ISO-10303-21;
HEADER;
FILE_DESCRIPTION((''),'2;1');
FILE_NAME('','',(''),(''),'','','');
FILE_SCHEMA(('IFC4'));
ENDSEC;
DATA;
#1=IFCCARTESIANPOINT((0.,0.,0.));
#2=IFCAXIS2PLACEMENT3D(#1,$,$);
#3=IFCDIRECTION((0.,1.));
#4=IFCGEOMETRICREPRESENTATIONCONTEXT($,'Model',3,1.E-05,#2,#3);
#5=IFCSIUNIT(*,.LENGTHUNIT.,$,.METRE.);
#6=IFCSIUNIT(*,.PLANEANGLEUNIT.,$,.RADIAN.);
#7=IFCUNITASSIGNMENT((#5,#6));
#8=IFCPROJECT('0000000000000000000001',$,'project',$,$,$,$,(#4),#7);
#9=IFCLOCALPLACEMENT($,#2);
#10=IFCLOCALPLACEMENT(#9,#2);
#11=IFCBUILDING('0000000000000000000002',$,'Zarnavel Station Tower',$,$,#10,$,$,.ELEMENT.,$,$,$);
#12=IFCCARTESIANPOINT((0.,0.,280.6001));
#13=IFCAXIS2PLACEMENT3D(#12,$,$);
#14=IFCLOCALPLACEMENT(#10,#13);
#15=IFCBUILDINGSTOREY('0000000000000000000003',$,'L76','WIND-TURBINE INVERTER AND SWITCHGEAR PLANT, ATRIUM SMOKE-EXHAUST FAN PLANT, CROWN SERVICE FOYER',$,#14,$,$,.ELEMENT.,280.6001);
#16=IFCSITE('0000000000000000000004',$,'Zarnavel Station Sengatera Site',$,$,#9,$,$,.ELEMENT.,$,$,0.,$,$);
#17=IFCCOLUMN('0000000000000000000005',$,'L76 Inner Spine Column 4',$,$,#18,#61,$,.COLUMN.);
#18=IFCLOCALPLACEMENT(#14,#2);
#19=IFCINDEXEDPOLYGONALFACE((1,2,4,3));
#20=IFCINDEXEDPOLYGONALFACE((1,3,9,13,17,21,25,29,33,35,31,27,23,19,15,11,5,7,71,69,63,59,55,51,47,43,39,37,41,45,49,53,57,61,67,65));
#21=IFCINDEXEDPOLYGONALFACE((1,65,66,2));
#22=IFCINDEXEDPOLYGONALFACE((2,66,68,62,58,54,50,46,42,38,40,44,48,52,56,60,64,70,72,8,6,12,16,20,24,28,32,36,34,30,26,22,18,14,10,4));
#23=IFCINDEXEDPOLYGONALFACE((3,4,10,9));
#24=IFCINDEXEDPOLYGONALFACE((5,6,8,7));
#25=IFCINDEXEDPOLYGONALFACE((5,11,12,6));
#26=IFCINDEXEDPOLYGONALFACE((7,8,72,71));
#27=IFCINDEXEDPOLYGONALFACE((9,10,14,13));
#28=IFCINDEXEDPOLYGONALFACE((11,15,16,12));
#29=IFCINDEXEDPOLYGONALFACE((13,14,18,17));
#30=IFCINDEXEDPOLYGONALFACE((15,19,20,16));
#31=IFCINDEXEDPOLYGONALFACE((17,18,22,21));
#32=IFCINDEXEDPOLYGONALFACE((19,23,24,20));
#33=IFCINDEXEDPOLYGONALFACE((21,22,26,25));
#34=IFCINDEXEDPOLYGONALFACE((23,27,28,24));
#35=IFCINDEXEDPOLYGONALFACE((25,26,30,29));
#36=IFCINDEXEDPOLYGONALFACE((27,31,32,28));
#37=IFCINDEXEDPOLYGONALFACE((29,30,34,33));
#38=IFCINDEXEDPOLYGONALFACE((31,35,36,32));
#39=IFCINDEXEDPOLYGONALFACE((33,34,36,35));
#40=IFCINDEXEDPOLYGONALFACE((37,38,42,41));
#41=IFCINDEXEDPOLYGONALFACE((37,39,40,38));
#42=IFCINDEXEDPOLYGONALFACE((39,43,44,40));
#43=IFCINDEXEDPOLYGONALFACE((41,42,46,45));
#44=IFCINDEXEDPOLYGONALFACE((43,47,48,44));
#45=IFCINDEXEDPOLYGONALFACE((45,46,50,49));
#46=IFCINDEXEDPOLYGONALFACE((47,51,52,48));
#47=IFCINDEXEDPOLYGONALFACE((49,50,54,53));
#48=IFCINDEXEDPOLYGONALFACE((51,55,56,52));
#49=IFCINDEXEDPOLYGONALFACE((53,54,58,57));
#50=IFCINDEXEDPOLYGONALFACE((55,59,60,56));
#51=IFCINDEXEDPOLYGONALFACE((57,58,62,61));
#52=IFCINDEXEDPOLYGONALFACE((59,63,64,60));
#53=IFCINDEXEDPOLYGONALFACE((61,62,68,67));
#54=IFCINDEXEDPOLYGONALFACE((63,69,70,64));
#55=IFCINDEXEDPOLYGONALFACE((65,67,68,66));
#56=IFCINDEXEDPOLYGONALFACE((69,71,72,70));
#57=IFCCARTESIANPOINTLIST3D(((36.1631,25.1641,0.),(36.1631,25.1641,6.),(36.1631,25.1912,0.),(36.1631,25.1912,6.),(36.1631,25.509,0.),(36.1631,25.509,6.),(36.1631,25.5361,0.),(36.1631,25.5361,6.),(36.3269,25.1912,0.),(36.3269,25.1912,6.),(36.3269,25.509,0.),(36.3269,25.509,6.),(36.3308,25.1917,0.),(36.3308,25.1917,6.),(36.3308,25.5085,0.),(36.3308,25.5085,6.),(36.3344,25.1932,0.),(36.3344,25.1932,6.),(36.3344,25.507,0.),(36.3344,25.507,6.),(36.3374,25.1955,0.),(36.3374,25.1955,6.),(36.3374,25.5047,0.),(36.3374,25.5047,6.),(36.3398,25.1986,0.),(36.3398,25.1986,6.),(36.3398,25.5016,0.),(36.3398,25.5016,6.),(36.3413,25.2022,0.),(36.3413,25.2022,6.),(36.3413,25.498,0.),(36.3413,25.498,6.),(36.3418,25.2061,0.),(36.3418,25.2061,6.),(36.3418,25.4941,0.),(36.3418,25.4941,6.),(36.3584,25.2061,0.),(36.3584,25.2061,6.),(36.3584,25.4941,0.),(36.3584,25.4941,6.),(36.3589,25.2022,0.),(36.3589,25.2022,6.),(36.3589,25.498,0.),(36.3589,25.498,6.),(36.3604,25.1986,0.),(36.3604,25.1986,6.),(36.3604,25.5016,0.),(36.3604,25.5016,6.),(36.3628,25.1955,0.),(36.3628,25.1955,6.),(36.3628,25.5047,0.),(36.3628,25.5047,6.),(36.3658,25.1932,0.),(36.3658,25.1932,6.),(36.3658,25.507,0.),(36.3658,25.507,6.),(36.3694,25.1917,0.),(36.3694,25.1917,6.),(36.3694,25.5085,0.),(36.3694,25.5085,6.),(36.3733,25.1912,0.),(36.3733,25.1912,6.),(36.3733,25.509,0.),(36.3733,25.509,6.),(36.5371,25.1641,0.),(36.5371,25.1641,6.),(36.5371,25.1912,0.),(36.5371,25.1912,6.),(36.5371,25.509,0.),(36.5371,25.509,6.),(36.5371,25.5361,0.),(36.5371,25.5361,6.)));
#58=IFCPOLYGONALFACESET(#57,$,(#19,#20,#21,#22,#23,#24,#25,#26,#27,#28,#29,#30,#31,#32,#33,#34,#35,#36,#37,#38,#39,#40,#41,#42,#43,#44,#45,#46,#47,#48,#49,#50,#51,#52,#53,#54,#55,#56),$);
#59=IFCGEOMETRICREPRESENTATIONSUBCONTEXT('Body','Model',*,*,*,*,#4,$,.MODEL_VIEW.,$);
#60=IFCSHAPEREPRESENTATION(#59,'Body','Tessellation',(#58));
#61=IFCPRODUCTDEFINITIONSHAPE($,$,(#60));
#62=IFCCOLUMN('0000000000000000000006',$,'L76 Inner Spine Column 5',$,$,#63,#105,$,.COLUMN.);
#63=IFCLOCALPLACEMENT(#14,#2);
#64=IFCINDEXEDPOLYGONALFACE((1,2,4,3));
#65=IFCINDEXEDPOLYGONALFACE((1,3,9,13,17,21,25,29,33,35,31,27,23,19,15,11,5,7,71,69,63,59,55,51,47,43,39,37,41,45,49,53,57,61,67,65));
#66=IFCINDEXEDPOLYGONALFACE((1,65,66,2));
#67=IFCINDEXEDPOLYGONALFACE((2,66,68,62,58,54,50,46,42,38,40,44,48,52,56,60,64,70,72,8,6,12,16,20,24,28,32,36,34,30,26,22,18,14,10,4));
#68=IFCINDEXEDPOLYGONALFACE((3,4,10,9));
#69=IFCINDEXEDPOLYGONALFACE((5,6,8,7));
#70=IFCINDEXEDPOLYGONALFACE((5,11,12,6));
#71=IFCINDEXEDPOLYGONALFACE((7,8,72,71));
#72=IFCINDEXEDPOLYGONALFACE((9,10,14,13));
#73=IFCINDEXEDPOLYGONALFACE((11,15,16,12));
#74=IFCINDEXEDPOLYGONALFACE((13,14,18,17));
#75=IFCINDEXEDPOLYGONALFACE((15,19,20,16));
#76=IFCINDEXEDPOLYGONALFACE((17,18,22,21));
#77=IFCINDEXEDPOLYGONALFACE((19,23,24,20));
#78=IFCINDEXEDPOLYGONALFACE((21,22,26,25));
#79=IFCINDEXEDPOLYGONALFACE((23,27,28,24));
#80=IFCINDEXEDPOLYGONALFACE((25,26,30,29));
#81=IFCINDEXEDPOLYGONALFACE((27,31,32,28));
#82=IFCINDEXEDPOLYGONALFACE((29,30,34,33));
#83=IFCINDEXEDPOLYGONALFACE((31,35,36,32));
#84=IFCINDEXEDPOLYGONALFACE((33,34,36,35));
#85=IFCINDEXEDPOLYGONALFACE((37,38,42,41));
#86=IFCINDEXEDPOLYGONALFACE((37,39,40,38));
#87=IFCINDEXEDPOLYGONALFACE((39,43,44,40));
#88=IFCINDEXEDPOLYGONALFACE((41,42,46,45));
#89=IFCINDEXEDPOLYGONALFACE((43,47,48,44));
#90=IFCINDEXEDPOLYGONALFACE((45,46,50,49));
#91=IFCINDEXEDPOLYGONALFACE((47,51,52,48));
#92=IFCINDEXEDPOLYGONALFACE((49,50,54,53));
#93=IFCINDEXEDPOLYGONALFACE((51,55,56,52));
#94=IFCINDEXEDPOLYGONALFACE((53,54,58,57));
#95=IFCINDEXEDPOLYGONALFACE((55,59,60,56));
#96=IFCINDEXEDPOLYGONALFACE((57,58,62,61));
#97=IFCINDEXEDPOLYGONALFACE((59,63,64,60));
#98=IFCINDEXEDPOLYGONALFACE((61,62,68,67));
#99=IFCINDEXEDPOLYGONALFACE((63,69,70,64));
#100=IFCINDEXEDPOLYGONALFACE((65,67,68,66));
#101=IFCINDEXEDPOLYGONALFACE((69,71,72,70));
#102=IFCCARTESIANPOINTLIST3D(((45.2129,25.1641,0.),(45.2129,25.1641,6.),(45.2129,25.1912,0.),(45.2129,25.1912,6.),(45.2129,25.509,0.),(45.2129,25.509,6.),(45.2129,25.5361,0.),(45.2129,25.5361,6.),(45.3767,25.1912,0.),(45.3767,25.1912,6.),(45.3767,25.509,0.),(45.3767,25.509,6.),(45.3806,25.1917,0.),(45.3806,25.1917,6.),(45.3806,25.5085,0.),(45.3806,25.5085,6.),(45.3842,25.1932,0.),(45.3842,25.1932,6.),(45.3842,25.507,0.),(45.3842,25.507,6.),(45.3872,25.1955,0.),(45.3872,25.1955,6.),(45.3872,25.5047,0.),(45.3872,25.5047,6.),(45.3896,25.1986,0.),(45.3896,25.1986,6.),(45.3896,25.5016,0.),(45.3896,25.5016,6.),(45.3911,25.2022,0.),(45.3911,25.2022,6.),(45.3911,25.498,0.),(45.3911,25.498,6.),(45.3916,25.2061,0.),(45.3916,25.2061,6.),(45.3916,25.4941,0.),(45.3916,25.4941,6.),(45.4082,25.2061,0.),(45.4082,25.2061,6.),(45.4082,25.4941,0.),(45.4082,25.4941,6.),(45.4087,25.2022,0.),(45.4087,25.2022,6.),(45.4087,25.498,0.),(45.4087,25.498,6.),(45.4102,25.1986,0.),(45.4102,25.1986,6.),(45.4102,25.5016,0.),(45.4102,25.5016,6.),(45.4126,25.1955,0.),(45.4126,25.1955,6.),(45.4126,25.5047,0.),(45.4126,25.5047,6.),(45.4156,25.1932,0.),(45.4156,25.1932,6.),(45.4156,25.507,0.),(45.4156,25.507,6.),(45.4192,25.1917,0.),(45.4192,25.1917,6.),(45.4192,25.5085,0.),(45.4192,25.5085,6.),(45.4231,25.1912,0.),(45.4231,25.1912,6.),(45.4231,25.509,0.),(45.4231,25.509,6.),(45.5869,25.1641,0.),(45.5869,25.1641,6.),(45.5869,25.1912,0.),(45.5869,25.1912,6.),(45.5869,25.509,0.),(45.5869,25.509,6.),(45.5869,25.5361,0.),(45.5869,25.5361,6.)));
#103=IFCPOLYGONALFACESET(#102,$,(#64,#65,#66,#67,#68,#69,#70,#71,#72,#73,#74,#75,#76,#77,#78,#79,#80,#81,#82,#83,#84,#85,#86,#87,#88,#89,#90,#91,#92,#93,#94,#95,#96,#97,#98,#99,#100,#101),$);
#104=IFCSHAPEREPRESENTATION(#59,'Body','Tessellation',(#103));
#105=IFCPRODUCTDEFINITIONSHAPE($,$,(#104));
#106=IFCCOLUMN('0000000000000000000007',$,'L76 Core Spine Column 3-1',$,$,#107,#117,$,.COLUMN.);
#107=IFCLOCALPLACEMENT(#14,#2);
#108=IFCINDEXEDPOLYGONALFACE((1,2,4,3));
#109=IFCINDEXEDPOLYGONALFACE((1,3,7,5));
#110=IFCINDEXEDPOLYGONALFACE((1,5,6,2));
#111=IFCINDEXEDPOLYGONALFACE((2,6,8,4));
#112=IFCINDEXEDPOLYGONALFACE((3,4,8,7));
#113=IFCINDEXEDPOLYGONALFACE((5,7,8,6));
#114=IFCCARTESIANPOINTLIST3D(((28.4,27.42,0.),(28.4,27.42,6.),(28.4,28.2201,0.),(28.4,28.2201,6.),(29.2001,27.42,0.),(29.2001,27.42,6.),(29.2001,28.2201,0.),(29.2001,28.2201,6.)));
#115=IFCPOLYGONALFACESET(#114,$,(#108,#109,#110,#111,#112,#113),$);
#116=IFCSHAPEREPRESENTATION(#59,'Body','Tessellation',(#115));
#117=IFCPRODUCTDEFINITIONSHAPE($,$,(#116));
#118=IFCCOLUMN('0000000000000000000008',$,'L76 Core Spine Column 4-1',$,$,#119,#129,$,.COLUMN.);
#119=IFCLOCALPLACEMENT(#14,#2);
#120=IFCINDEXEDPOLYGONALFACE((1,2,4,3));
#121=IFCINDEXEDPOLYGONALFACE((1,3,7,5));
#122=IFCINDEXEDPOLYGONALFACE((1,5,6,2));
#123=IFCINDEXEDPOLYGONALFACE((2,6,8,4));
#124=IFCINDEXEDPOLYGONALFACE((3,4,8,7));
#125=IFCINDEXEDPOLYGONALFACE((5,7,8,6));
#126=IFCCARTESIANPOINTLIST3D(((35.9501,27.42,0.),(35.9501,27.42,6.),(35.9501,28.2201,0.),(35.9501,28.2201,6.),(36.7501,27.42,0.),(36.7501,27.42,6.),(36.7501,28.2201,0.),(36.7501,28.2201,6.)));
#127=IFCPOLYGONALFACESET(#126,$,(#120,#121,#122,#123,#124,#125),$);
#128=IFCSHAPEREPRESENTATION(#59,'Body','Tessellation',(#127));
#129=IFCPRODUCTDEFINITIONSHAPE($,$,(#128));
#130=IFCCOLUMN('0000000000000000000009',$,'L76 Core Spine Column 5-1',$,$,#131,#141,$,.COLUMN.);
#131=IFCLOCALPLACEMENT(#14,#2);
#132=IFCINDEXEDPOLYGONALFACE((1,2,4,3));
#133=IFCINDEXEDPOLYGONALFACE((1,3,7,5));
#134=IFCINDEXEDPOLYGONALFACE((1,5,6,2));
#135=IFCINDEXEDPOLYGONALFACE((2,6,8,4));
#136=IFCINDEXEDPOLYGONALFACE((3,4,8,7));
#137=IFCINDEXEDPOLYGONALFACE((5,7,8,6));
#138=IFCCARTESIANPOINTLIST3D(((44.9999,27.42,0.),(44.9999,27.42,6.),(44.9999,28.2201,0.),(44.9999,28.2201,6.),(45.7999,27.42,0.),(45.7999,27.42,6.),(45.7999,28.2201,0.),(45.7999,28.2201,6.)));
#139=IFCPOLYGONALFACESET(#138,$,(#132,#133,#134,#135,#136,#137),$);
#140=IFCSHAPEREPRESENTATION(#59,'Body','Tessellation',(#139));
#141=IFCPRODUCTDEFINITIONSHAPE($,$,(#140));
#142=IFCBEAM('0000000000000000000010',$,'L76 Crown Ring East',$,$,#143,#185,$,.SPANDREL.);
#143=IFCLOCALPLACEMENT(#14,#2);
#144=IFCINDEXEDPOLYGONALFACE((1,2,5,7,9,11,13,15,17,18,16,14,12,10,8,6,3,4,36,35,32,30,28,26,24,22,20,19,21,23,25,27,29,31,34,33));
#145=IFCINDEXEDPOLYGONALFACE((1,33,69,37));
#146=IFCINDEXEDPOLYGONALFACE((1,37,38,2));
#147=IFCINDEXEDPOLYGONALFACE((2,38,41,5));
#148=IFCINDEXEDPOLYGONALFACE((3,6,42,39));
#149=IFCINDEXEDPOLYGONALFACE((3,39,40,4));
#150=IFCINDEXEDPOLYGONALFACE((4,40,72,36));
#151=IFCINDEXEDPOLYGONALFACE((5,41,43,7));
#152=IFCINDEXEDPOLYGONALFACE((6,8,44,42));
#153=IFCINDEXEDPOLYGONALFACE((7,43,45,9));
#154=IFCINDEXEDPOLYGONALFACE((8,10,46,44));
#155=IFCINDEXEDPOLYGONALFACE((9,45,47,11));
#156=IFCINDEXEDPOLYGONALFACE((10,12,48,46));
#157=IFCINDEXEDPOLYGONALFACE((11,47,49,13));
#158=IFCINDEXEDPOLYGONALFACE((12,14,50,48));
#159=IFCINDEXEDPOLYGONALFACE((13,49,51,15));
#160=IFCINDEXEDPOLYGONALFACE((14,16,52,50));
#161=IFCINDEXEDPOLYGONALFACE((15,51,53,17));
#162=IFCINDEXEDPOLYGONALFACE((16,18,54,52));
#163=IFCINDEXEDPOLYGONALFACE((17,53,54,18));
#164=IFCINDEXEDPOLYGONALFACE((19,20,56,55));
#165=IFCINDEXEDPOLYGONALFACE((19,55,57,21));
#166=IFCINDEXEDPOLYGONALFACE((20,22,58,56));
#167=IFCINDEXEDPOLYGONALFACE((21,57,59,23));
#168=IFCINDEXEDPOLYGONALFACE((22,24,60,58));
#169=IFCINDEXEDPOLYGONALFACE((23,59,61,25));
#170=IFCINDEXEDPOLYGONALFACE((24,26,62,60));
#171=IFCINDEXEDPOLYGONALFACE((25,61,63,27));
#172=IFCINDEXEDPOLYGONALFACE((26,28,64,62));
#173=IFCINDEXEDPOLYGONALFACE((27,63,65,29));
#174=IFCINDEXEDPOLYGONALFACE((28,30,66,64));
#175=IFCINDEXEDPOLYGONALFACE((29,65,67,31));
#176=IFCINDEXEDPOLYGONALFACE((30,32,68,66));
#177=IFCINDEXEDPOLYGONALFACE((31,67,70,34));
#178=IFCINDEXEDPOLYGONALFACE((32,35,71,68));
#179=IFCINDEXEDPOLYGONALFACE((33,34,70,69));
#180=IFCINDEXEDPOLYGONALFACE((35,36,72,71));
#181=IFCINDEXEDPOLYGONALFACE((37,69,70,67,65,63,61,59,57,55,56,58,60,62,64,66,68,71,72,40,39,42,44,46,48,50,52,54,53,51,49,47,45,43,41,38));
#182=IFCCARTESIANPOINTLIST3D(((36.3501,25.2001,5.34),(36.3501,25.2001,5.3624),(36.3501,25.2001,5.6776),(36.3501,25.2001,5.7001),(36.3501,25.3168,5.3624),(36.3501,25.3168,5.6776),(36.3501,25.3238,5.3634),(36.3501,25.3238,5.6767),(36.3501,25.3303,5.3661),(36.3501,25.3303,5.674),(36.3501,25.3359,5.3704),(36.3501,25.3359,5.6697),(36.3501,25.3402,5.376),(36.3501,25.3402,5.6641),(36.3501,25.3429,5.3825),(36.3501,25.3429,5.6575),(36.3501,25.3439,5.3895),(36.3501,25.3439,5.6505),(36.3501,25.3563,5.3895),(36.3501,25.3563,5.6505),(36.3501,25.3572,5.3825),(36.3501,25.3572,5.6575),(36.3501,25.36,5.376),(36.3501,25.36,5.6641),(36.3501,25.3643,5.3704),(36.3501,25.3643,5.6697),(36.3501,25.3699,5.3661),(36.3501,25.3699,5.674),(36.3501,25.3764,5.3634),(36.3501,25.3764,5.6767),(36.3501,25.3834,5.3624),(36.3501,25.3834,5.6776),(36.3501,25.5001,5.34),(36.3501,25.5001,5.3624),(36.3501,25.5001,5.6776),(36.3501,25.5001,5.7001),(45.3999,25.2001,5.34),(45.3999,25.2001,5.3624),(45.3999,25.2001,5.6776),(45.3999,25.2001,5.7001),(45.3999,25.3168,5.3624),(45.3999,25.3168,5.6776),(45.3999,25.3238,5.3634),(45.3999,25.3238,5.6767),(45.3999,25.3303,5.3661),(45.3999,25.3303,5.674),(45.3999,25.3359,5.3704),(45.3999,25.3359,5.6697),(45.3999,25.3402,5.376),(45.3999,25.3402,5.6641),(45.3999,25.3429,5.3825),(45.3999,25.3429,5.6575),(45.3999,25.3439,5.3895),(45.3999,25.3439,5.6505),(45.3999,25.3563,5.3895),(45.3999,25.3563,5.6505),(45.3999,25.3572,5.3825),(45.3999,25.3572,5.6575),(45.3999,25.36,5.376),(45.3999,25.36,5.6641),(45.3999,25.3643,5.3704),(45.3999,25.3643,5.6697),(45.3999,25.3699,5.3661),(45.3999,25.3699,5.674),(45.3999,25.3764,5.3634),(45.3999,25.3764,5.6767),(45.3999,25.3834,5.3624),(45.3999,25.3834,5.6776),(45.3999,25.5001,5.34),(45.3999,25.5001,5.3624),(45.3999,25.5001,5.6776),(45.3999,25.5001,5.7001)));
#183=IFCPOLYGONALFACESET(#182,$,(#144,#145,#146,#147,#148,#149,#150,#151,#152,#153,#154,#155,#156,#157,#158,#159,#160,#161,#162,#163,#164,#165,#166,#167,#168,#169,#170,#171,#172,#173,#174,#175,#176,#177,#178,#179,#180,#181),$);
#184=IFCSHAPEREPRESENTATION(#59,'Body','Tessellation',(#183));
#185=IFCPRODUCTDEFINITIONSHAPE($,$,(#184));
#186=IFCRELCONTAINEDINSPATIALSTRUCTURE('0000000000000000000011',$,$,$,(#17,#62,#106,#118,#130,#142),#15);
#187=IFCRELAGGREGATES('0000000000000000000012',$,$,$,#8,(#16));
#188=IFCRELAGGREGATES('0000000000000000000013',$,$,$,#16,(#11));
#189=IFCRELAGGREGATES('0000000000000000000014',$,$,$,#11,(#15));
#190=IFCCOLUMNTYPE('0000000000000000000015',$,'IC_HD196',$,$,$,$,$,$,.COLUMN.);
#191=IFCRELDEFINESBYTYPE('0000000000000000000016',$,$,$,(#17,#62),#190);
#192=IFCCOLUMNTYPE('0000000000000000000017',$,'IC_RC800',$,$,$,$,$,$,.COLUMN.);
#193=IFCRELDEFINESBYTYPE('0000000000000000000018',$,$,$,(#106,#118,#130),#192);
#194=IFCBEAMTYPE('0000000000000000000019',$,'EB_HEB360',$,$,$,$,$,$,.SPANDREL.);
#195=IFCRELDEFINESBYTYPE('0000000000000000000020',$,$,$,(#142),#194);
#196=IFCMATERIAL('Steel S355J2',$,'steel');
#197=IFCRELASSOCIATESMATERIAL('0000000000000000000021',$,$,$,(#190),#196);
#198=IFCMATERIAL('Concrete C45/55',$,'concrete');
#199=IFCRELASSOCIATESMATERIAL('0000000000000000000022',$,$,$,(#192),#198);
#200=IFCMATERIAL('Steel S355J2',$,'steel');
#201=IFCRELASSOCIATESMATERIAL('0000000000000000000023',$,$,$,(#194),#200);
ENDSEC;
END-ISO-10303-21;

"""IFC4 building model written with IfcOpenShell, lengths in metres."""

from ifc_helpers import new_model, si_unit, direction, frame, origin, origin_2d, place, context, subcontext, project, spatial, rectangle, i_section, extrude, material, material_profile, profile_set, type_object, element, save


model = new_model("IFC4")

# Units and contexts
model_context = context("Model", 3, precision=1e-05, world=origin(), true_north=direction((0.0, 1.0)))
body_context = subcontext(model_context, "Body", "Model", "MODEL_VIEW")
ifc_project = project(units=[si_unit("LENGTHUNIT", "METRE"), si_unit("PLANEANGLEUNIT", "RADIAN")], contexts=[model_context])

# Site, building, storey
site_placement = place(None, origin())
site = spatial("IfcSite", under=ifc_project, at=site_placement, Name="Zarnavel Station Sengatera Site", CompositionType="ELEMENT", RefElevation=0.0)
building_placement = place(site_placement, origin())
building = spatial("IfcBuilding", under=site, at=building_placement, Name="Zarnavel Station Tower", CompositionType="ELEMENT")
storey_placement = place(building_placement, frame((0.0, 0.0, 280.6001)))
storey = spatial("IfcBuildingStorey", under=building, at=storey_placement, Name="L76", Description="WIND-TURBINE INVERTER AND SWITCHGEAR PLANT, ATRIUM SMOKE-EXHAUST FAN PLANT, CROWN SERVICE FOYER", CompositionType="ELEMENT", Elevation=280.6001)

# Columns
ifc_material_1 = material(Name="Steel S355J2", Category="steel")
ifc_material_profile_1 = material_profile(ifc_material_1, i_section(OverallWidth=0.374, OverallDepth=0.3721, WebThickness=0.0166, FlangeThickness=0.0271, FilletRadius=0.0149, at=origin_2d()), Name="HD360x196")
ifc_profile_set_1 = profile_set([ifc_material_profile_1], Name="Steel S355J2")
column_type_1 = type_object("IfcColumnType", Name="IC_HD196", PredefinedType="COLUMN", material=ifc_profile_set_1)
for number, where, z_axis, x_axis, name in (
    (1, (36.3501, 25.3501, 0.0), (0.0, 0.0, 1.0), (1.0, 0.0, 0.0), "L76 Inner Spine Column 4"),
    (2, (45.3999, 25.3501, 0.0), (0.0, 0.0, 1.0), (1.0, 0.0, 0.0), "L76 Inner Spine Column 5"),
):
    element("IfcColumn", number, at=place(storey_placement, frame(where, z_axis=z_axis, x_axis=x_axis)), inside=storey, type_object=column_type_1, Name=name, PredefinedType="COLUMN", context=body_context, shape_type="SweptSolid", body=[
        extrude(i_section(OverallWidth=0.374, OverallDepth=0.3721, WebThickness=0.0166, FlangeThickness=0.0271, FilletRadius=0.0149, at=origin_2d()), origin(), (0.0, 0.0, 1.0), 6.0),
    ])
ifc_material_2 = material(Name="Concrete C45/55", Category="concrete")
ifc_material_profile_2 = material_profile(ifc_material_2, rectangle(XDim=0.8, YDim=0.8, at=origin_2d()), Name="RC800x800")
ifc_profile_set_2 = profile_set([ifc_material_profile_2], Name="Concrete C45/55")
column_type_2 = type_object("IfcColumnType", Name="IC_RC800", PredefinedType="COLUMN", material=ifc_profile_set_2)
for number, where, z_axis, x_axis, name in (
    (3, (28.8, 27.8201, 0.0), (0.0, 0.0, 1.0), (1.0, 0.0, 0.0), "L76 Core Spine Column 3-1"),
    (4, (36.3501, 27.8201, 0.0), (0.0, 0.0, 1.0), (1.0, 0.0, 0.0), "L76 Core Spine Column 4-1"),
    (5, (45.3999, 27.8201, 0.0), (0.0, 0.0, 1.0), (1.0, 0.0, 0.0), "L76 Core Spine Column 5-1"),
):
    element("IfcColumn", number, at=place(storey_placement, frame(where, z_axis=z_axis, x_axis=x_axis)), inside=storey, type_object=column_type_2, Name=name, PredefinedType="COLUMN", context=body_context, shape_type="SweptSolid", body=[
        extrude(rectangle(XDim=0.8, YDim=0.8, at=origin_2d()), origin(), (0.0, 0.0, 1.0), 6.0),
    ])

# Beam
ifc_material_3 = material(Name="Steel S355J2", Category="steel")
ifc_material_profile_3 = material_profile(ifc_material_3, i_section(OverallWidth=0.3, OverallDepth=0.3601, WebThickness=0.0125, FlangeThickness=0.0225, FilletRadius=0.0271, at=origin_2d()), Name="HEB360")
ifc_profile_set_3 = profile_set([ifc_material_profile_3], Name="Steel S355J2")
beam_type_1 = type_object("IfcBeamType", Name="EB_HEB360", PredefinedType="SPANDREL", material=ifc_profile_set_3)
beam_placement = place(storey_placement, frame((36.3501, 25.3501, 5.52), z_axis=(1.0, 0.0, 0.0), x_axis=(0.0, 1.0, 0.0)))
element("IfcBeam", 6, at=beam_placement, inside=storey, type_object=beam_type_1, Name="L76 Crown Ring East", PredefinedType="SPANDREL", context=body_context, shape_type="SweptSolid", body=[
    extrude(i_section(OverallWidth=0.3, OverallDepth=0.3601, WebThickness=0.0125, FlangeThickness=0.0225, FilletRadius=0.0271, at=origin_2d()), origin(), (0.0, 0.0, 1.0), 9.0498),
])

save(model, "model.ifc")
